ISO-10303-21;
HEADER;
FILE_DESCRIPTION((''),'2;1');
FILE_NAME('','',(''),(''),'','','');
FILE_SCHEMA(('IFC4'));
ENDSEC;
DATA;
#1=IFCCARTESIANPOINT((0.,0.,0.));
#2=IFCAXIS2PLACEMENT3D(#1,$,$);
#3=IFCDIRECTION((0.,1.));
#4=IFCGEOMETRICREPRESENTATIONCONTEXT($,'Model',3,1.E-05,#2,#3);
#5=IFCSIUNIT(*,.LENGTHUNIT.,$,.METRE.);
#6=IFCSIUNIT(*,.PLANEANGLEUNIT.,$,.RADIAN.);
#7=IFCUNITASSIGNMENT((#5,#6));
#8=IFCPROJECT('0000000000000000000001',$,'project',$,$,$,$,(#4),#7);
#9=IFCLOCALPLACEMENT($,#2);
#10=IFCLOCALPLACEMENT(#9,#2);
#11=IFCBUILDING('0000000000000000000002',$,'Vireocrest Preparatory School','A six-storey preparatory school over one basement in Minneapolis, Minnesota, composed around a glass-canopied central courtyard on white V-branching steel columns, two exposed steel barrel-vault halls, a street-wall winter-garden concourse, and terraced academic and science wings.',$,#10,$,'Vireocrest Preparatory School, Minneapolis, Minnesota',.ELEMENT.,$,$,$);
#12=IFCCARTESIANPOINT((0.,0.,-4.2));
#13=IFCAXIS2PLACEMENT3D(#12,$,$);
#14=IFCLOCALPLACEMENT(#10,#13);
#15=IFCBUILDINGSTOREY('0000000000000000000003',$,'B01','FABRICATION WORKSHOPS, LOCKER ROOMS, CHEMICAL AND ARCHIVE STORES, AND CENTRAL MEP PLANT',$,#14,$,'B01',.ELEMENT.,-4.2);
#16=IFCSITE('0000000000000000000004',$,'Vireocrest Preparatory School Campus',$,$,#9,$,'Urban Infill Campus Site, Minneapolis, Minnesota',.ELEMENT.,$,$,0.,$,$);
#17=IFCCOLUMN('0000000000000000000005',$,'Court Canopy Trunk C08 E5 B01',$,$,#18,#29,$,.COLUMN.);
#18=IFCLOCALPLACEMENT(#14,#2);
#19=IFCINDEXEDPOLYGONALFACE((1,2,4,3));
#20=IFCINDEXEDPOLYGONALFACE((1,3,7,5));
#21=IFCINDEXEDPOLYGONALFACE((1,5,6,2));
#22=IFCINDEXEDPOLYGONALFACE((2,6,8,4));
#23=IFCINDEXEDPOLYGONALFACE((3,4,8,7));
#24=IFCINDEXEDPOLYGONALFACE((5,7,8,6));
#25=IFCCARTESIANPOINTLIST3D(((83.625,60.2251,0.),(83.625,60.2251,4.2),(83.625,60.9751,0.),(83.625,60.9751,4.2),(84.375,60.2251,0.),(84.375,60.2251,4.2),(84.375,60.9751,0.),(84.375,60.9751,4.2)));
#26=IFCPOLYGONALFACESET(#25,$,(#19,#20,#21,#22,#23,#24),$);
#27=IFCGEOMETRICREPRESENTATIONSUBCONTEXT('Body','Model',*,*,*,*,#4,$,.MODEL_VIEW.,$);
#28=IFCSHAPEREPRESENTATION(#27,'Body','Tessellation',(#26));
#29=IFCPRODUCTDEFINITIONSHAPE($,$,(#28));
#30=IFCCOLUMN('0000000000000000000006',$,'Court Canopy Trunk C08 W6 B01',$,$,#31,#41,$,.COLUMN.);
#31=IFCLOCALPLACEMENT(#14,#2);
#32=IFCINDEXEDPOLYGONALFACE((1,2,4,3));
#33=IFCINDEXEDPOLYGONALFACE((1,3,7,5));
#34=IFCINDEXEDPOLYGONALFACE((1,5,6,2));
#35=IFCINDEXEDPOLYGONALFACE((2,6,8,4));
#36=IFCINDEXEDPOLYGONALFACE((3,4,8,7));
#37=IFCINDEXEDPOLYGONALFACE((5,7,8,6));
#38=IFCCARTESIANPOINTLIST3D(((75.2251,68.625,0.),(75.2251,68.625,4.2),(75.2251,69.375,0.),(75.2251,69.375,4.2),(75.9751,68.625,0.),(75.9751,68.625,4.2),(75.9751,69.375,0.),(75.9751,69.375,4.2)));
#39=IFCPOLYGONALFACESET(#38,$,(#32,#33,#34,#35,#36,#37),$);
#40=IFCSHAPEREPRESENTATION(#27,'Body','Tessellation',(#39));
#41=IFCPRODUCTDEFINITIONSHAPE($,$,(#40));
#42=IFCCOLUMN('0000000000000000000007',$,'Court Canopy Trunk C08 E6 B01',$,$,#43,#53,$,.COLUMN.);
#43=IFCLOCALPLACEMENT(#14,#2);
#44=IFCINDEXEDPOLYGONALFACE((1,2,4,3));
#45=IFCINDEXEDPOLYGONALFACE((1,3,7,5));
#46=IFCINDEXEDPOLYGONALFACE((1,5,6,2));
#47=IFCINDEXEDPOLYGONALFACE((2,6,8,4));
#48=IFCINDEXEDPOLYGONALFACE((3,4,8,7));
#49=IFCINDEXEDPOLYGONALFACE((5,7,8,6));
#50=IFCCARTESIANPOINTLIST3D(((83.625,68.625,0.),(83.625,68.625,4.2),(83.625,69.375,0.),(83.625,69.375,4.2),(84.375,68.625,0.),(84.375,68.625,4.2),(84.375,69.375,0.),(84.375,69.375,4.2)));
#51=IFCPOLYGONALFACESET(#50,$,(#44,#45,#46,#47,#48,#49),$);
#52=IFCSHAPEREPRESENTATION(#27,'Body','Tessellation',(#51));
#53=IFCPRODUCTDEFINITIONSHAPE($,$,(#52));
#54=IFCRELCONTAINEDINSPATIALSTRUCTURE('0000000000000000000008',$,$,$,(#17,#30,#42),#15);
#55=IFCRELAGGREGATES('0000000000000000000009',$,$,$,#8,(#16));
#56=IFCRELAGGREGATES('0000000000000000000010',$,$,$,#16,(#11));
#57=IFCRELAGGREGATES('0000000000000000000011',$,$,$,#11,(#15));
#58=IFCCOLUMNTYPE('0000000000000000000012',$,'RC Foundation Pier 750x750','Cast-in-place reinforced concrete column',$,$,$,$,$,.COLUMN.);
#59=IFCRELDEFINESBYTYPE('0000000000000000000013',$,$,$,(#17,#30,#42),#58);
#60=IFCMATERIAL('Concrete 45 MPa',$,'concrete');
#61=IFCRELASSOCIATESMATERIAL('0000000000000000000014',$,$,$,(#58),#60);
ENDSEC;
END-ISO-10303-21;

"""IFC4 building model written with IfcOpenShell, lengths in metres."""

from ifc_helpers import new_model, si_unit, direction, frame, origin, origin_2d, place, context, subcontext, project, spatial, rectangle, extrude, material, material_profile, profile_set, type_object, element, save


model = new_model("IFC4")

# Units and contexts
model_context = context("Model", 3, precision=1e-05, world=origin(), true_north=direction((0.0, 1.0)))
body_context = subcontext(model_context, "Body", "Model", "MODEL_VIEW")
ifc_project = project(units=[si_unit("LENGTHUNIT", "METRE"), si_unit("PLANEANGLEUNIT", "RADIAN")], contexts=[model_context])

# Site, building, storey
site_placement = place(None, origin())
site = spatial("IfcSite", under=ifc_project, at=site_placement, Name="Vireocrest Preparatory School Campus", LongName="Urban Infill Campus Site, Minneapolis, Minnesota", CompositionType="ELEMENT", RefElevation=0.0)
building_placement = place(site_placement, origin())
building = spatial("IfcBuilding", under=site, at=building_placement, Name="Vireocrest Preparatory School", Description="A six-storey preparatory school over one basement in Minneapolis, Minnesota, composed around a glass-canopied central courtyard on white V-branching steel columns, two exposed steel barrel-vault halls, a street-wall winter-garden concourse, and terraced academic and science wings.", LongName="Vireocrest Preparatory School, Minneapolis, Minnesota", CompositionType="ELEMENT")
storey_placement = place(building_placement, frame((0.0, 0.0, -4.2)))
storey = spatial("IfcBuildingStorey", under=building, at=storey_placement, Name="B01", Description="FABRICATION WORKSHOPS, LOCKER ROOMS, CHEMICAL AND ARCHIVE STORES, AND CENTRAL MEP PLANT", LongName="B01", CompositionType="ELEMENT", Elevation=-4.2)

# Columns
ifc_material_1 = material(Name="Concrete 45 MPa", Category="concrete")
ifc_material_profile_1 = material_profile(ifc_material_1, rectangle(XDim=0.75, YDim=0.75, at=origin_2d()), Name="RC 750x750")
ifc_profile_set_1 = profile_set([ifc_material_profile_1], Name="Concrete 45 MPa")
column_type = type_object("IfcColumnType", Name="RC Foundation Pier 750x750", Description="Cast-in-place reinforced concrete column", PredefinedType="COLUMN", material=ifc_profile_set_1)
for number, where, z_axis, x_axis, name in (
    (1, (84.0, 60.6001, 0.0), (0.0, 0.0, 1.0), (1.0, 0.0, 0.0), "Court Canopy Trunk C08 E5 B01"),
    (2, (75.6001, 69.0, 0.0), (0.0, 0.0, 1.0), (1.0, 0.0, 0.0), "Court Canopy Trunk C08 W6 B01"),
    (3, (84.0, 69.0, 0.0), (0.0, 0.0, 1.0), (1.0, 0.0, 0.0), "Court Canopy Trunk C08 E6 B01"),
):
    element("IfcColumn", number, at=place(storey_placement, frame(where, z_axis=z_axis, x_axis=x_axis)), inside=storey, type_object=column_type, Name=name, PredefinedType="COLUMN", context=body_context, shape_type="SweptSolid", body=[
        extrude(rectangle(XDim=0.75, YDim=0.75, at=origin_2d()), origin(), (0.0, 0.0, 1.0), 4.2),
    ])

save(model, "model.ifc")
